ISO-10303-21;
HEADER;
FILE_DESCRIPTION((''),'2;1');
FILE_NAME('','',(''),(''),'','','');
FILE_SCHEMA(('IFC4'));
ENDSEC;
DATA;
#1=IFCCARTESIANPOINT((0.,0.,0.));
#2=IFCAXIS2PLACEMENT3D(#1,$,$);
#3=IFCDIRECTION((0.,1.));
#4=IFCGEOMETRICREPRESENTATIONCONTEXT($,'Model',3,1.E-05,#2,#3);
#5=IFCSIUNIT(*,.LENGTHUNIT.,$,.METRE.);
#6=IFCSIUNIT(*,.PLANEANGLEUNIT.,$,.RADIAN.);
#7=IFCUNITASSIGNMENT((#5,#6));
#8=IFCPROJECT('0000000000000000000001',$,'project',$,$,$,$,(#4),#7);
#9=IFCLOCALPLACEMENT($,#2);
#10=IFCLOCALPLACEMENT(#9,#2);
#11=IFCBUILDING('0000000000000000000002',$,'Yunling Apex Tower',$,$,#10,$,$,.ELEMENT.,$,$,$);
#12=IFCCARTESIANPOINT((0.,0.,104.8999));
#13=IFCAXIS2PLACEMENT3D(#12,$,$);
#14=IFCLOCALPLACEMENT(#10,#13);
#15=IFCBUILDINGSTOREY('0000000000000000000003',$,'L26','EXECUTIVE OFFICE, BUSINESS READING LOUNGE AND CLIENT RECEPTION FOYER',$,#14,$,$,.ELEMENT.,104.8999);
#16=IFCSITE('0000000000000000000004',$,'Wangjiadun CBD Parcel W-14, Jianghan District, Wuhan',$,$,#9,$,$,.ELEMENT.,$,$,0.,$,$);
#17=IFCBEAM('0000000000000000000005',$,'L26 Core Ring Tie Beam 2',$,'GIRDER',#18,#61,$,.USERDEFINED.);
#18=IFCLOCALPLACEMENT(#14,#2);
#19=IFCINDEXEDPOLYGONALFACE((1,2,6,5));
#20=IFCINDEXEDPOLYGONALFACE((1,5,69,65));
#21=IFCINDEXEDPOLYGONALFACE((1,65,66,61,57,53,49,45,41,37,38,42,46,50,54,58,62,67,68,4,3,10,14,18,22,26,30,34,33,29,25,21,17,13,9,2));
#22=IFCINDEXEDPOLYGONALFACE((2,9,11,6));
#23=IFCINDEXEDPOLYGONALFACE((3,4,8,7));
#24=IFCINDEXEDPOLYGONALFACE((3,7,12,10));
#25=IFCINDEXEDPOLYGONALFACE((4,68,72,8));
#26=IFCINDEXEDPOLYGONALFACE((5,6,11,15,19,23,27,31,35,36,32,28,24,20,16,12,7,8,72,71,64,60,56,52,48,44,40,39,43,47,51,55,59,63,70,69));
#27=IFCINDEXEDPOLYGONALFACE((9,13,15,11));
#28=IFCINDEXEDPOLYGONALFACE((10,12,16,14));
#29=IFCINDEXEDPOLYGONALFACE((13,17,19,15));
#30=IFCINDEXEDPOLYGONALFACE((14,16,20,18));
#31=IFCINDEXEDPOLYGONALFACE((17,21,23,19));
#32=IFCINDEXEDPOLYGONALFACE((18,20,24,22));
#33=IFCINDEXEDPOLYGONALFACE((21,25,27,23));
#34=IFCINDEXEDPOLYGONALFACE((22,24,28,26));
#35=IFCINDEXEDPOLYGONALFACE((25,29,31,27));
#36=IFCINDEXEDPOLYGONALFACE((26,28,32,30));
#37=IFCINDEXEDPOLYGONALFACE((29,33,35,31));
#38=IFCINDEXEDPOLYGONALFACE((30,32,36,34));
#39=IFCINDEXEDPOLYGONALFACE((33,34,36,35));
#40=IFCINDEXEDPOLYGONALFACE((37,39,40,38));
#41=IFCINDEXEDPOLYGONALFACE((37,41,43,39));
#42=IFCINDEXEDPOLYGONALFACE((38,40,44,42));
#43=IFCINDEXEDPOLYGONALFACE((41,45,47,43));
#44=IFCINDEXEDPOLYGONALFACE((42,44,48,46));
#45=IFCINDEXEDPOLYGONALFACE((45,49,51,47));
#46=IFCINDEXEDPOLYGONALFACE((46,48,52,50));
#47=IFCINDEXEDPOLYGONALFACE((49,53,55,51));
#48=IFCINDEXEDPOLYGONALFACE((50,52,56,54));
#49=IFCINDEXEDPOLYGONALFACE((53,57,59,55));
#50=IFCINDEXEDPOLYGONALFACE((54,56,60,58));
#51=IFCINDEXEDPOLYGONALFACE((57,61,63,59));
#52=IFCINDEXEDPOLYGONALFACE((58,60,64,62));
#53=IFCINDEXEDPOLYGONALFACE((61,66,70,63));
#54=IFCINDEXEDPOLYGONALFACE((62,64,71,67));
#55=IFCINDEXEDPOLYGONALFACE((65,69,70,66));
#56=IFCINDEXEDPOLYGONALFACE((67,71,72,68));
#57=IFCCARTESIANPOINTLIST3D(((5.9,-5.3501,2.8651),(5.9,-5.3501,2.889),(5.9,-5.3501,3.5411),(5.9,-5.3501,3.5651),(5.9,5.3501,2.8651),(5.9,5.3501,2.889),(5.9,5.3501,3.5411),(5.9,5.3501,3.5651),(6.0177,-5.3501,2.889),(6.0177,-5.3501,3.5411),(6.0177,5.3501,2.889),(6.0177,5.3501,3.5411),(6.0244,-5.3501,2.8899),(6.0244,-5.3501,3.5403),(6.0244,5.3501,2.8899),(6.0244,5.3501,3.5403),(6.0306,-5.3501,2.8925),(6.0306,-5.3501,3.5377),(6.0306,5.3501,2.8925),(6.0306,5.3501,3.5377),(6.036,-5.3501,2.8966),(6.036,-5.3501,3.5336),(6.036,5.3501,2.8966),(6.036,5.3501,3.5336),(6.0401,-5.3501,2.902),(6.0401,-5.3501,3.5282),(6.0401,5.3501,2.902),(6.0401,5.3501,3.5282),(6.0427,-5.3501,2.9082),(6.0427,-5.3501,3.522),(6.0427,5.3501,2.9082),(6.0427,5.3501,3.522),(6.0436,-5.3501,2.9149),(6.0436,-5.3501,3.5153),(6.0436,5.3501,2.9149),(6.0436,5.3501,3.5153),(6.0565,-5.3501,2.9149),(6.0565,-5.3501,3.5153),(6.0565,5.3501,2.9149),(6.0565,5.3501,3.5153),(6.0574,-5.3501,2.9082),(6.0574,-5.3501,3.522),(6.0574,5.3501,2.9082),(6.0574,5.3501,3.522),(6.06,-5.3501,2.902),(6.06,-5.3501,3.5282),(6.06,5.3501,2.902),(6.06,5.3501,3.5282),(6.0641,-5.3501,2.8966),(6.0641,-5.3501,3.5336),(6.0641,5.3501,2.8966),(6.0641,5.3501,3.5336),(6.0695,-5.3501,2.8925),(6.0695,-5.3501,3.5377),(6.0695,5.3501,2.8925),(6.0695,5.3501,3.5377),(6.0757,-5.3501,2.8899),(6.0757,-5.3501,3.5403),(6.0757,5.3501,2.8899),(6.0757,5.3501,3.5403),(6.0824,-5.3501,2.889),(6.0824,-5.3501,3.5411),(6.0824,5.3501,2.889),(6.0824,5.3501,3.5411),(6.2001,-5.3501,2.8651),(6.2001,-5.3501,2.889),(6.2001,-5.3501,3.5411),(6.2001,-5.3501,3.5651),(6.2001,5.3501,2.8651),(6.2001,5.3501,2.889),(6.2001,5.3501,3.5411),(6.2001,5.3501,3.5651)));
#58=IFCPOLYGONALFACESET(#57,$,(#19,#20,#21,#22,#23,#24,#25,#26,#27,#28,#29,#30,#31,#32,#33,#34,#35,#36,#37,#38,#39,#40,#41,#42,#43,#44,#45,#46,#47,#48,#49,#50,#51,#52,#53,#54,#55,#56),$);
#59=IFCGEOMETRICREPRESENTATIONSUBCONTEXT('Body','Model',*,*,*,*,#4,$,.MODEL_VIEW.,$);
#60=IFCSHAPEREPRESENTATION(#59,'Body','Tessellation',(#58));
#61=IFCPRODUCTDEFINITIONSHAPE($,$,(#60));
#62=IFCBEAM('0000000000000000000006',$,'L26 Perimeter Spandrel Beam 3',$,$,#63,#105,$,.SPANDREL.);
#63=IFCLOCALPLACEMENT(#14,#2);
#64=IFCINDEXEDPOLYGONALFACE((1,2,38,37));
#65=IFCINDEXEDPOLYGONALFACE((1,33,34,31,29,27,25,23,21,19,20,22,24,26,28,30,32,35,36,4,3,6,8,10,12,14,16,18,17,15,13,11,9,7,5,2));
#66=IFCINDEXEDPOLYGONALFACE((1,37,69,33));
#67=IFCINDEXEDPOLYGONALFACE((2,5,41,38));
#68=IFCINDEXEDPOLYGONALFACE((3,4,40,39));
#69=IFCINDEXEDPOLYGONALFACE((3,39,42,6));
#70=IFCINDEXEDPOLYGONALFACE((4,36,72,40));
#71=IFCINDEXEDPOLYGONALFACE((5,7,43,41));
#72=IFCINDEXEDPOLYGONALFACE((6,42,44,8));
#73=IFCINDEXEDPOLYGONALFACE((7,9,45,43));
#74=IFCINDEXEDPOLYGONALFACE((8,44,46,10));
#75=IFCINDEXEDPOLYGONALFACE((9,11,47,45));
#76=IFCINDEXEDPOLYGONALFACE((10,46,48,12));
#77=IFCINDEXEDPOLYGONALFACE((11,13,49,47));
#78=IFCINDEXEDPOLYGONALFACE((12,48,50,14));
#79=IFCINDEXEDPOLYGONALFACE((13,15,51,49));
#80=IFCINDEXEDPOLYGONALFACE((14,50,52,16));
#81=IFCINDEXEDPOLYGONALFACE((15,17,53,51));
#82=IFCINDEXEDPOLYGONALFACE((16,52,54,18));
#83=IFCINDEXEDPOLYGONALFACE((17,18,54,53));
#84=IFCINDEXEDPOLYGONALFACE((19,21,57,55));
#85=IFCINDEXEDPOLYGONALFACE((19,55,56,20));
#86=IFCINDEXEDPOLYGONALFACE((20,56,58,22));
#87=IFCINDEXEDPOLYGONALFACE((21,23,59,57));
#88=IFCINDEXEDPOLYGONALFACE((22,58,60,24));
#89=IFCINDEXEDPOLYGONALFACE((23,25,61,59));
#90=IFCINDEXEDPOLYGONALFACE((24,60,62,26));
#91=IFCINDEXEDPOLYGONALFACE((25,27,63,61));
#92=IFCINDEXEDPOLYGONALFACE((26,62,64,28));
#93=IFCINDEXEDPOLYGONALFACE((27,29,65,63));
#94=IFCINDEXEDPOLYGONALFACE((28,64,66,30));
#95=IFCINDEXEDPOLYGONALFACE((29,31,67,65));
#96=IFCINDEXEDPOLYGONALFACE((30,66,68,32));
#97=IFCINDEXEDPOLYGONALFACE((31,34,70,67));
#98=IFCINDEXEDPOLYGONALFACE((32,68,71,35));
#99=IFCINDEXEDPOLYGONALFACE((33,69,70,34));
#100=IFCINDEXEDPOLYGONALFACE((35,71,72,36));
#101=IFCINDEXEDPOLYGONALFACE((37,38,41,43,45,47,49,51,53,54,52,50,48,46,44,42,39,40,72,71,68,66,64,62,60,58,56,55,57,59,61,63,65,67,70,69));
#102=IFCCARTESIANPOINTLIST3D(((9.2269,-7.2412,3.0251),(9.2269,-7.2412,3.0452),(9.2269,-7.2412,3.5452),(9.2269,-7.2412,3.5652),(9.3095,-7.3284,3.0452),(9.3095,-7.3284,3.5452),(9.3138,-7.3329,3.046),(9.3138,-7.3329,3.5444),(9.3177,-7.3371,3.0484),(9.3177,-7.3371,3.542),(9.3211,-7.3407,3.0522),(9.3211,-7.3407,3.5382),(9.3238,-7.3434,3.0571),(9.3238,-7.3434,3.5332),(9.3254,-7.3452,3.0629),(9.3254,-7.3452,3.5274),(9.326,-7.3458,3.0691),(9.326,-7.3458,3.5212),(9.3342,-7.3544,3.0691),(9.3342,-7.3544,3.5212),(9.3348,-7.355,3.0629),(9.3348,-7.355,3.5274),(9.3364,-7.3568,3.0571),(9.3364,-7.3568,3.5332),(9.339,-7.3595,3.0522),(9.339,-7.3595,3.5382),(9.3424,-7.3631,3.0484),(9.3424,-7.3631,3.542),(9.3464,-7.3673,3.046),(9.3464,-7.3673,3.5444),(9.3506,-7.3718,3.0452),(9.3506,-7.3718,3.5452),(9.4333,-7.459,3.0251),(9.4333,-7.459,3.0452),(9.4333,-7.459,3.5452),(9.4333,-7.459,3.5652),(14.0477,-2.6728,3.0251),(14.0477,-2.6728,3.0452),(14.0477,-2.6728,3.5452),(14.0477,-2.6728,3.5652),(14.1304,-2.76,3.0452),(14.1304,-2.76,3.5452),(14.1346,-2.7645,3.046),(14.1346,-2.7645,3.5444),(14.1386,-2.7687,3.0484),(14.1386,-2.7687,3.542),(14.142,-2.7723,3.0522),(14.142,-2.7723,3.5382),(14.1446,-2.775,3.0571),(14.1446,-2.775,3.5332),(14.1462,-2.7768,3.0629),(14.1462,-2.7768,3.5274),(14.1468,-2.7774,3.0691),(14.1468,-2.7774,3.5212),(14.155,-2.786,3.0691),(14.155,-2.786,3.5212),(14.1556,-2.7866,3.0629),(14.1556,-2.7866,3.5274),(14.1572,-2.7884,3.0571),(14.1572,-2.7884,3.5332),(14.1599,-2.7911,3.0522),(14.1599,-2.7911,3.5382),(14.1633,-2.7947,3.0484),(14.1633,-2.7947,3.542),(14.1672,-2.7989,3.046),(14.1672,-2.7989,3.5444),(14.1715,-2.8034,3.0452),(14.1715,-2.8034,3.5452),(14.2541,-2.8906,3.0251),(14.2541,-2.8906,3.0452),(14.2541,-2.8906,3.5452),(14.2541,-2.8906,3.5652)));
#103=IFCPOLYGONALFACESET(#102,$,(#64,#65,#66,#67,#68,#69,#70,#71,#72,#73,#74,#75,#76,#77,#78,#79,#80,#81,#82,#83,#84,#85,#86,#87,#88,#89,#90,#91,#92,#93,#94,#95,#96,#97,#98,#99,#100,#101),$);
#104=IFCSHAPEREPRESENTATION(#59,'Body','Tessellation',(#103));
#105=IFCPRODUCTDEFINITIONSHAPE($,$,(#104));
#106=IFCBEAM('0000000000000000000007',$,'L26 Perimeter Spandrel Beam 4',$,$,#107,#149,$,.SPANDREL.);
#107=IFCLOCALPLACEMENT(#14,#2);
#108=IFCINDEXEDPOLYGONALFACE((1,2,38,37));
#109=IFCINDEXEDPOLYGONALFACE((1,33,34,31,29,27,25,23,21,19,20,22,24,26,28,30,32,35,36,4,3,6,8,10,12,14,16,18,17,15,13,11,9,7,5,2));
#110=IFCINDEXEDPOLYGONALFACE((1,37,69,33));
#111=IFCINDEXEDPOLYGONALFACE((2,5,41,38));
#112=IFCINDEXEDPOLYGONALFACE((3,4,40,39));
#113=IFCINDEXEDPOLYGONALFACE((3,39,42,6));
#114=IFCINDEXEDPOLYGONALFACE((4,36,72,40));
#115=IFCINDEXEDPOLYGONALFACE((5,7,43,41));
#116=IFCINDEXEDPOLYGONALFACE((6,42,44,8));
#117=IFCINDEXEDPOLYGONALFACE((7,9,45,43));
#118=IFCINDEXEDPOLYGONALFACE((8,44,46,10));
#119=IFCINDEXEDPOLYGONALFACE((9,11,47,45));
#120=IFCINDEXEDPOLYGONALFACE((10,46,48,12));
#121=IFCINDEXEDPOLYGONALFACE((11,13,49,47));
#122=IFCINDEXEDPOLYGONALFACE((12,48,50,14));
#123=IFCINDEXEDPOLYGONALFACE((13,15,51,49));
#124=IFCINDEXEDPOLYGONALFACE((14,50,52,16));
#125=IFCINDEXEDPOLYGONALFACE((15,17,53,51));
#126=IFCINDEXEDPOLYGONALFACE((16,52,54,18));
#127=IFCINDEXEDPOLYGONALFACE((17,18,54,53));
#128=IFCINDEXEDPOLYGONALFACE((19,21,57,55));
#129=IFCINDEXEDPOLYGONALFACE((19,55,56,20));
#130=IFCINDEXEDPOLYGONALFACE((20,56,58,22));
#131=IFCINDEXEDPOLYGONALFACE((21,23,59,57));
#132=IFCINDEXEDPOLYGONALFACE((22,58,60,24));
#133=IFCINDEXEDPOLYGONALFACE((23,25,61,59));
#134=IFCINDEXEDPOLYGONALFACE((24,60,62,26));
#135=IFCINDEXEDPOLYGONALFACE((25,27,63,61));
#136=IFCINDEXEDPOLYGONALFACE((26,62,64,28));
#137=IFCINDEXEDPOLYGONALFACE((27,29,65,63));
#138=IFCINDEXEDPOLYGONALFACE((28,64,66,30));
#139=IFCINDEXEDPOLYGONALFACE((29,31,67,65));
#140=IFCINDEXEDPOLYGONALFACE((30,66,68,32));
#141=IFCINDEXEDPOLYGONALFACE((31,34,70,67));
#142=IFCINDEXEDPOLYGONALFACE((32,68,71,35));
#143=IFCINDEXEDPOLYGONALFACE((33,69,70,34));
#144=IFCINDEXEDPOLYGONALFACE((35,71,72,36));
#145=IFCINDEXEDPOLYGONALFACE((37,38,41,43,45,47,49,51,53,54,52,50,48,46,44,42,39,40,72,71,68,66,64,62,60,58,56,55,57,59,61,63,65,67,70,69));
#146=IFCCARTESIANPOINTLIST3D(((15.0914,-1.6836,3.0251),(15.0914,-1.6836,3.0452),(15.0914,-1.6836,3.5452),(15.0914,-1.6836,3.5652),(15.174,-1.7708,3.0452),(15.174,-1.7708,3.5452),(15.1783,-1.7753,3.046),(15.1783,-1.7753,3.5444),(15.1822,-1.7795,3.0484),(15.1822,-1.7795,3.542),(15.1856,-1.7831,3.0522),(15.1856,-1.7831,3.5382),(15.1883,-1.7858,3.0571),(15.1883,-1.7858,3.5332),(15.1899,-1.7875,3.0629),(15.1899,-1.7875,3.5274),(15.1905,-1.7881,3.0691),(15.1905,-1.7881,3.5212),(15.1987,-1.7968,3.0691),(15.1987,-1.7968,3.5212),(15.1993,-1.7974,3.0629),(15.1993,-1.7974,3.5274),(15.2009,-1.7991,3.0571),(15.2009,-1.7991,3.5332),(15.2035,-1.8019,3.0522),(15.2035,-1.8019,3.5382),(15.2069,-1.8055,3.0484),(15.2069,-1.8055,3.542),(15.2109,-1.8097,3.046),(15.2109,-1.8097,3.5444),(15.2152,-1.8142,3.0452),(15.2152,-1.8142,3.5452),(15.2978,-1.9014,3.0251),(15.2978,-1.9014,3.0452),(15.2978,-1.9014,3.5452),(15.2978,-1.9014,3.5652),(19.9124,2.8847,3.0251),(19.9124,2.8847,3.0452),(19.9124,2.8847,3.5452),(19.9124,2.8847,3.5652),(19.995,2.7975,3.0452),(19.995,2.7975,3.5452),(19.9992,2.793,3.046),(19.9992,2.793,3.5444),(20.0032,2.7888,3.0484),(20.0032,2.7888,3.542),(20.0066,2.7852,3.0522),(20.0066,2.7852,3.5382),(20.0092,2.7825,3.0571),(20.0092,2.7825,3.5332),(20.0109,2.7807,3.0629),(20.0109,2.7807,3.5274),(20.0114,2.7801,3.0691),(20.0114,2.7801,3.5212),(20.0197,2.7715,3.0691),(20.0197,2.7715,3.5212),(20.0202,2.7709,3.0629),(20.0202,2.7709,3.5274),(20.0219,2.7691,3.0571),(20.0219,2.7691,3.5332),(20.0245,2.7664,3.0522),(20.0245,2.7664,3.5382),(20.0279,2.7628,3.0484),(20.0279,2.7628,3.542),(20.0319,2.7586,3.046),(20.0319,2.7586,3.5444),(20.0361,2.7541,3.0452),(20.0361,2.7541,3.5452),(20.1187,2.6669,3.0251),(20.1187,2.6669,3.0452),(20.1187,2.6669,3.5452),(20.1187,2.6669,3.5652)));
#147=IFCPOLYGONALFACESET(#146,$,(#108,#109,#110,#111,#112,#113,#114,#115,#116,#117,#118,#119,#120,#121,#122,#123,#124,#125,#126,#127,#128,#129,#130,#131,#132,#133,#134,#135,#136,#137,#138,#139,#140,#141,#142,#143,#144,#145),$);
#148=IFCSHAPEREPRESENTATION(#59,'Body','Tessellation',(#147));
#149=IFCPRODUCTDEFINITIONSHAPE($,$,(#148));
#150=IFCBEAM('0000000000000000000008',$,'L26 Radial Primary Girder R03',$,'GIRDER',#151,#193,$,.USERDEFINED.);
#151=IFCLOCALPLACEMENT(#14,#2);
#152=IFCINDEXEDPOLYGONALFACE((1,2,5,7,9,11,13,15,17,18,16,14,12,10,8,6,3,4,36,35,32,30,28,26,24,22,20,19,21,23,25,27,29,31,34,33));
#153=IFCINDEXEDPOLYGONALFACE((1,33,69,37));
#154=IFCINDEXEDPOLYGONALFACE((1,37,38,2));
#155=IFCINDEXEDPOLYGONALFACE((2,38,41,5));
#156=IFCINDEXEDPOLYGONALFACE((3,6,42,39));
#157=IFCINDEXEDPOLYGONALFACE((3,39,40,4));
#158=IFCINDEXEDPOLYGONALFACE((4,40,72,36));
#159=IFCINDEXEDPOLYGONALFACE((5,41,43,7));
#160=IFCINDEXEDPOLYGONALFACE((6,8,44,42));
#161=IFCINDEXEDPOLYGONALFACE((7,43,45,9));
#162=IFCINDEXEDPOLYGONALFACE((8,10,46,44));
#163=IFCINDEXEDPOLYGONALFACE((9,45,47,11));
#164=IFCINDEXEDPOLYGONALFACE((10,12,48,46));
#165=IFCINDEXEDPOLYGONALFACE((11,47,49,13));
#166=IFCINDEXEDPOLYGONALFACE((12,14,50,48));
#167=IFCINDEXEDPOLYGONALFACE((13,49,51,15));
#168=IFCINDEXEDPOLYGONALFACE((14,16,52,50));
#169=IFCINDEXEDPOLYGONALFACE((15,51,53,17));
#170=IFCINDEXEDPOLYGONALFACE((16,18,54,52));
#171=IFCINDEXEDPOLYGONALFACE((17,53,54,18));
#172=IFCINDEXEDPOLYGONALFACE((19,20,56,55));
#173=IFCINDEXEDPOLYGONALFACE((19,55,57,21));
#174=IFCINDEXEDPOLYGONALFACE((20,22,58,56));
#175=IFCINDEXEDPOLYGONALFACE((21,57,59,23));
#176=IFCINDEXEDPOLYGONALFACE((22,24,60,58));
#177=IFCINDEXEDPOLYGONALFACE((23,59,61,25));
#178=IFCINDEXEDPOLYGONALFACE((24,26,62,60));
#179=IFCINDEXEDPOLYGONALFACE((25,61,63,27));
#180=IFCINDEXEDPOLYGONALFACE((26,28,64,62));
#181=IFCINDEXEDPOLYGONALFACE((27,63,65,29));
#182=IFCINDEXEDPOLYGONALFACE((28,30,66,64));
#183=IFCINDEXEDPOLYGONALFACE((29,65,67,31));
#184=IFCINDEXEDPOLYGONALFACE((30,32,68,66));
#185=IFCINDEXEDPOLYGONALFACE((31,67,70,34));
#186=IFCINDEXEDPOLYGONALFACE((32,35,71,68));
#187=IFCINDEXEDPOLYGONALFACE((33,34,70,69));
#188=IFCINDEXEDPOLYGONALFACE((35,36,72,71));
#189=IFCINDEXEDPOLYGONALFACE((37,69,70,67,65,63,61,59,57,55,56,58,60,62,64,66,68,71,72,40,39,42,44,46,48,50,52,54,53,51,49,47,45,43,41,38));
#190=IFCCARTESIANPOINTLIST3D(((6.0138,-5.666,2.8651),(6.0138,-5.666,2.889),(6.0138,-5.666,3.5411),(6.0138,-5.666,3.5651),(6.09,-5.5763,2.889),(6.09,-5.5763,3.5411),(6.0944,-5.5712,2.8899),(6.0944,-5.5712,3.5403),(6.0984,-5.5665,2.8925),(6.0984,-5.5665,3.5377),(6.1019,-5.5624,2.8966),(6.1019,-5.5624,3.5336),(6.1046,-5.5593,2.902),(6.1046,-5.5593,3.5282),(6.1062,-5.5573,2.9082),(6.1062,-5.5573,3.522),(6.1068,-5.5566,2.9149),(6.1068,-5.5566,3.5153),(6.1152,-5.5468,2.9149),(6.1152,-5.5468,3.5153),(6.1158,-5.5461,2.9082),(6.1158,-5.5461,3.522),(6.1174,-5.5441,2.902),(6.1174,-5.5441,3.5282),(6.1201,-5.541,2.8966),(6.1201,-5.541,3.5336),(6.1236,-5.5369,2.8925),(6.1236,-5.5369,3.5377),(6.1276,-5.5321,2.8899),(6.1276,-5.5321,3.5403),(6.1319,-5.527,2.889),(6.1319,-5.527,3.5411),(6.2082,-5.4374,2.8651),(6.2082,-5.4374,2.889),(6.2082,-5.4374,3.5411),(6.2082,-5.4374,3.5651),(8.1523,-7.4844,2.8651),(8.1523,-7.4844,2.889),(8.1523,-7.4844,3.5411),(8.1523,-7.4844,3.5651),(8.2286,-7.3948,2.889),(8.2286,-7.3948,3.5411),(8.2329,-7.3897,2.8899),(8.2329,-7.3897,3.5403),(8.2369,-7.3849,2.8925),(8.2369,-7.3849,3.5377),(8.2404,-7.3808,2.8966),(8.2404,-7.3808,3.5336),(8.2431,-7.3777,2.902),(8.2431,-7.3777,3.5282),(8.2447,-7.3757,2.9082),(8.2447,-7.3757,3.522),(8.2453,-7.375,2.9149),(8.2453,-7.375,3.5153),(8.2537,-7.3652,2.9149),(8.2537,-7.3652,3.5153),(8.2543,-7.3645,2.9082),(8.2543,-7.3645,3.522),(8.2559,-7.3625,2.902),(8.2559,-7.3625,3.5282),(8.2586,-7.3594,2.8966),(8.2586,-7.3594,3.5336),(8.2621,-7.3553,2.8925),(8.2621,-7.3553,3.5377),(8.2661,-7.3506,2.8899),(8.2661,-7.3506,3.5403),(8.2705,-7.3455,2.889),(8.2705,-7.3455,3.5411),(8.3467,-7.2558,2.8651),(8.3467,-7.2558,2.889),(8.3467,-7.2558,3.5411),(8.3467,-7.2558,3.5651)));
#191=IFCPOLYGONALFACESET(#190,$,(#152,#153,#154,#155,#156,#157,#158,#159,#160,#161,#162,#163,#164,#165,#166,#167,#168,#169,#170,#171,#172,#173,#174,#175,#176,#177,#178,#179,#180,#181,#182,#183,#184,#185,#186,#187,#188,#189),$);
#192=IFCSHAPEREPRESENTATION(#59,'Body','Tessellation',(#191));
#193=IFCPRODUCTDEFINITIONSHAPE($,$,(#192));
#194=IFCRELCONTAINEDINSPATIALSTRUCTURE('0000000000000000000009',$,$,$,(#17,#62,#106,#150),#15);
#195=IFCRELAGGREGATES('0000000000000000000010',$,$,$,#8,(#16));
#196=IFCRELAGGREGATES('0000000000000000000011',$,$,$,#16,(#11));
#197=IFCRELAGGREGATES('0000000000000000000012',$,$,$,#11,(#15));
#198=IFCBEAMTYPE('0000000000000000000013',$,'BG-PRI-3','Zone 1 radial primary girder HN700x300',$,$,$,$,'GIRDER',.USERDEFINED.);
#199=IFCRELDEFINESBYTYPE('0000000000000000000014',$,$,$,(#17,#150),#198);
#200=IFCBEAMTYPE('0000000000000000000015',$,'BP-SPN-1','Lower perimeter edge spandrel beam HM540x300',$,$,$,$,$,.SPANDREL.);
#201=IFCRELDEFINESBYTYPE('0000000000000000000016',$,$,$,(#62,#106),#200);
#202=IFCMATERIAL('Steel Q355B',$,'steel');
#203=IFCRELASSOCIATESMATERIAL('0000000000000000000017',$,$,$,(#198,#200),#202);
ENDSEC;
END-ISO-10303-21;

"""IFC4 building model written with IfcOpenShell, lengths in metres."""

from ifc_helpers import new_model, si_unit, direction, frame, origin, origin_2d, place, context, subcontext, project, spatial, i_section, extrude, source, transform, mapped, material, material_profile, profile_set, type_object, element, save


model = new_model("IFC4")

# Units and contexts
model_context = context("Model", 3, precision=1e-05, world=origin(), true_north=direction((0.0, 1.0)))
body_context = subcontext(model_context, "Body", "Model", "MODEL_VIEW")
ifc_project = project(units=[si_unit("LENGTHUNIT", "METRE"), si_unit("PLANEANGLEUNIT", "RADIAN")], contexts=[model_context])

# Site, building, storey
site_placement = place(None, origin())
site = spatial("IfcSite", under=ifc_project, at=site_placement, Name="Wangjiadun CBD Parcel W-14, Jianghan District, Wuhan", CompositionType="ELEMENT", RefElevation=0.0)
building_placement = place(site_placement, origin())
building = spatial("IfcBuilding", under=site, at=building_placement, Name="Yunling Apex Tower", CompositionType="ELEMENT")
storey_placement = place(building_placement, frame((0.0, 0.0, 104.8999)))
storey = spatial("IfcBuildingStorey", under=building, at=storey_placement, Name="L26", Description="EXECUTIVE OFFICE, BUSINESS READING LOUNGE AND CLIENT RECEPTION FOYER", CompositionType="ELEMENT", Elevation=104.8999)

# Beams
ifc_material_1 = material(Name="Steel Q355B", Category="steel")
ifc_material_profile_1 = material_profile(ifc_material_1, i_section(OverallWidth=0.3, OverallDepth=0.7, WebThickness=0.0129, FlangeThickness=0.0239, FilletRadius=0.0259, at=origin_2d()))
ifc_profile_set_1 = profile_set([ifc_material_profile_1], Name="Steel Q355B")
beam_type_1 = type_object("IfcBeamType", Name="BG-PRI-3", Description="Zone 1 radial primary girder HN700x300", ElementType="GIRDER", PredefinedType="USERDEFINED", material=ifc_profile_set_1)
shared_shape_1 = source(origin(), body_context, "Body", "SweptSolid", [
    extrude(i_section(OverallWidth=0.3, OverallDepth=0.7, WebThickness=0.0129, FlangeThickness=0.0239, FilletRadius=0.0259, at=origin_2d()), origin(), (0.0, 0.0, 1.0), 10.7002),
])
beam_1_placement = place(storey_placement, frame((6.05, -5.3501, 3.2151), z_axis=(0.0, 1.0, 0.0), x_axis=(-1.0, 0.0, 0.0)))
element("IfcBeam", 1, at=beam_1_placement, inside=storey, type_object=beam_type_1, Name="L26 Core Ring Tie Beam 2", ObjectType="GIRDER", PredefinedType="USERDEFINED", context=body_context, shape_type="MappedRepresentation", body=[
    mapped(shared_shape_1, transform((0.0, 0.0, 0.0), scale=1.0)),
])
ifc_material_profile_2 = material_profile(ifc_material_1, i_section(OverallWidth=0.3, OverallDepth=0.54, WebThickness=0.012, FlangeThickness=0.02, FilletRadius=0.0239, at=origin_2d()))
ifc_profile_set_2 = profile_set([ifc_material_profile_2], Name="Steel Q355B")
beam_type_2 = type_object("IfcBeamType", Name="BP-SPN-1", Description="Lower perimeter edge spandrel beam HM540x300", PredefinedType="SPANDREL", material=ifc_profile_set_2)
shared_shape_2 = source(origin(), body_context, "Body", "SweptSolid", [
    extrude(i_section(OverallWidth=0.3, OverallDepth=0.54, WebThickness=0.012, FlangeThickness=0.02, FilletRadius=0.0239, at=origin_2d()), origin(), (0.0, 0.0, 1.0), 6.6416),
])
for number, where, z_axis, x_axis, name in (
    (2, (9.3301, -7.3501, 3.2952), (0.725856, 0.687847, 0.0), (-0.687847, 0.725856, 0.0), "L26 Perimeter Spandrel Beam 3"),
    (3, (15.1946, -1.7925, 3.2952), (0.725873, 0.687828, 0.0), (-0.687828, 0.725873, 0.0), "L26 Perimeter Spandrel Beam 4"),
):
    element("IfcBeam", number, at=place(storey_placement, frame(where, z_axis=z_axis, x_axis=x_axis)), inside=storey, type_object=beam_type_2, Name=name, PredefinedType="SPANDREL", context=body_context, shape_type="MappedRepresentation", body=[
        mapped(shared_shape_2, transform((0.0, 0.0, 0.0), scale=1.0)),
    ])
shared_shape_3 = source(origin(), body_context, "Body", "SweptSolid", [
    extrude(i_section(OverallWidth=0.3, OverallDepth=0.7, WebThickness=0.0129, FlangeThickness=0.0239, FilletRadius=0.0259, at=origin_2d()), origin(), (0.0, 0.0, 1.0), 2.8071),
])
beam_2_placement = place(storey_placement, frame((8.2495, -7.3701, 3.2151), z_axis=(-0.761817, 0.647792, 0.0), x_axis=(-0.647792, -0.761817, 0.0)))
element("IfcBeam", 4, at=beam_2_placement, inside=storey, type_object=beam_type_1, Name="L26 Radial Primary Girder R03", ObjectType="GIRDER", PredefinedType="USERDEFINED", context=body_context, shape_type="MappedRepresentation", body=[
    mapped(shared_shape_3, transform((0.0, 0.0, 0.0), scale=1.0)),
])

save(model, "model.ifc")
